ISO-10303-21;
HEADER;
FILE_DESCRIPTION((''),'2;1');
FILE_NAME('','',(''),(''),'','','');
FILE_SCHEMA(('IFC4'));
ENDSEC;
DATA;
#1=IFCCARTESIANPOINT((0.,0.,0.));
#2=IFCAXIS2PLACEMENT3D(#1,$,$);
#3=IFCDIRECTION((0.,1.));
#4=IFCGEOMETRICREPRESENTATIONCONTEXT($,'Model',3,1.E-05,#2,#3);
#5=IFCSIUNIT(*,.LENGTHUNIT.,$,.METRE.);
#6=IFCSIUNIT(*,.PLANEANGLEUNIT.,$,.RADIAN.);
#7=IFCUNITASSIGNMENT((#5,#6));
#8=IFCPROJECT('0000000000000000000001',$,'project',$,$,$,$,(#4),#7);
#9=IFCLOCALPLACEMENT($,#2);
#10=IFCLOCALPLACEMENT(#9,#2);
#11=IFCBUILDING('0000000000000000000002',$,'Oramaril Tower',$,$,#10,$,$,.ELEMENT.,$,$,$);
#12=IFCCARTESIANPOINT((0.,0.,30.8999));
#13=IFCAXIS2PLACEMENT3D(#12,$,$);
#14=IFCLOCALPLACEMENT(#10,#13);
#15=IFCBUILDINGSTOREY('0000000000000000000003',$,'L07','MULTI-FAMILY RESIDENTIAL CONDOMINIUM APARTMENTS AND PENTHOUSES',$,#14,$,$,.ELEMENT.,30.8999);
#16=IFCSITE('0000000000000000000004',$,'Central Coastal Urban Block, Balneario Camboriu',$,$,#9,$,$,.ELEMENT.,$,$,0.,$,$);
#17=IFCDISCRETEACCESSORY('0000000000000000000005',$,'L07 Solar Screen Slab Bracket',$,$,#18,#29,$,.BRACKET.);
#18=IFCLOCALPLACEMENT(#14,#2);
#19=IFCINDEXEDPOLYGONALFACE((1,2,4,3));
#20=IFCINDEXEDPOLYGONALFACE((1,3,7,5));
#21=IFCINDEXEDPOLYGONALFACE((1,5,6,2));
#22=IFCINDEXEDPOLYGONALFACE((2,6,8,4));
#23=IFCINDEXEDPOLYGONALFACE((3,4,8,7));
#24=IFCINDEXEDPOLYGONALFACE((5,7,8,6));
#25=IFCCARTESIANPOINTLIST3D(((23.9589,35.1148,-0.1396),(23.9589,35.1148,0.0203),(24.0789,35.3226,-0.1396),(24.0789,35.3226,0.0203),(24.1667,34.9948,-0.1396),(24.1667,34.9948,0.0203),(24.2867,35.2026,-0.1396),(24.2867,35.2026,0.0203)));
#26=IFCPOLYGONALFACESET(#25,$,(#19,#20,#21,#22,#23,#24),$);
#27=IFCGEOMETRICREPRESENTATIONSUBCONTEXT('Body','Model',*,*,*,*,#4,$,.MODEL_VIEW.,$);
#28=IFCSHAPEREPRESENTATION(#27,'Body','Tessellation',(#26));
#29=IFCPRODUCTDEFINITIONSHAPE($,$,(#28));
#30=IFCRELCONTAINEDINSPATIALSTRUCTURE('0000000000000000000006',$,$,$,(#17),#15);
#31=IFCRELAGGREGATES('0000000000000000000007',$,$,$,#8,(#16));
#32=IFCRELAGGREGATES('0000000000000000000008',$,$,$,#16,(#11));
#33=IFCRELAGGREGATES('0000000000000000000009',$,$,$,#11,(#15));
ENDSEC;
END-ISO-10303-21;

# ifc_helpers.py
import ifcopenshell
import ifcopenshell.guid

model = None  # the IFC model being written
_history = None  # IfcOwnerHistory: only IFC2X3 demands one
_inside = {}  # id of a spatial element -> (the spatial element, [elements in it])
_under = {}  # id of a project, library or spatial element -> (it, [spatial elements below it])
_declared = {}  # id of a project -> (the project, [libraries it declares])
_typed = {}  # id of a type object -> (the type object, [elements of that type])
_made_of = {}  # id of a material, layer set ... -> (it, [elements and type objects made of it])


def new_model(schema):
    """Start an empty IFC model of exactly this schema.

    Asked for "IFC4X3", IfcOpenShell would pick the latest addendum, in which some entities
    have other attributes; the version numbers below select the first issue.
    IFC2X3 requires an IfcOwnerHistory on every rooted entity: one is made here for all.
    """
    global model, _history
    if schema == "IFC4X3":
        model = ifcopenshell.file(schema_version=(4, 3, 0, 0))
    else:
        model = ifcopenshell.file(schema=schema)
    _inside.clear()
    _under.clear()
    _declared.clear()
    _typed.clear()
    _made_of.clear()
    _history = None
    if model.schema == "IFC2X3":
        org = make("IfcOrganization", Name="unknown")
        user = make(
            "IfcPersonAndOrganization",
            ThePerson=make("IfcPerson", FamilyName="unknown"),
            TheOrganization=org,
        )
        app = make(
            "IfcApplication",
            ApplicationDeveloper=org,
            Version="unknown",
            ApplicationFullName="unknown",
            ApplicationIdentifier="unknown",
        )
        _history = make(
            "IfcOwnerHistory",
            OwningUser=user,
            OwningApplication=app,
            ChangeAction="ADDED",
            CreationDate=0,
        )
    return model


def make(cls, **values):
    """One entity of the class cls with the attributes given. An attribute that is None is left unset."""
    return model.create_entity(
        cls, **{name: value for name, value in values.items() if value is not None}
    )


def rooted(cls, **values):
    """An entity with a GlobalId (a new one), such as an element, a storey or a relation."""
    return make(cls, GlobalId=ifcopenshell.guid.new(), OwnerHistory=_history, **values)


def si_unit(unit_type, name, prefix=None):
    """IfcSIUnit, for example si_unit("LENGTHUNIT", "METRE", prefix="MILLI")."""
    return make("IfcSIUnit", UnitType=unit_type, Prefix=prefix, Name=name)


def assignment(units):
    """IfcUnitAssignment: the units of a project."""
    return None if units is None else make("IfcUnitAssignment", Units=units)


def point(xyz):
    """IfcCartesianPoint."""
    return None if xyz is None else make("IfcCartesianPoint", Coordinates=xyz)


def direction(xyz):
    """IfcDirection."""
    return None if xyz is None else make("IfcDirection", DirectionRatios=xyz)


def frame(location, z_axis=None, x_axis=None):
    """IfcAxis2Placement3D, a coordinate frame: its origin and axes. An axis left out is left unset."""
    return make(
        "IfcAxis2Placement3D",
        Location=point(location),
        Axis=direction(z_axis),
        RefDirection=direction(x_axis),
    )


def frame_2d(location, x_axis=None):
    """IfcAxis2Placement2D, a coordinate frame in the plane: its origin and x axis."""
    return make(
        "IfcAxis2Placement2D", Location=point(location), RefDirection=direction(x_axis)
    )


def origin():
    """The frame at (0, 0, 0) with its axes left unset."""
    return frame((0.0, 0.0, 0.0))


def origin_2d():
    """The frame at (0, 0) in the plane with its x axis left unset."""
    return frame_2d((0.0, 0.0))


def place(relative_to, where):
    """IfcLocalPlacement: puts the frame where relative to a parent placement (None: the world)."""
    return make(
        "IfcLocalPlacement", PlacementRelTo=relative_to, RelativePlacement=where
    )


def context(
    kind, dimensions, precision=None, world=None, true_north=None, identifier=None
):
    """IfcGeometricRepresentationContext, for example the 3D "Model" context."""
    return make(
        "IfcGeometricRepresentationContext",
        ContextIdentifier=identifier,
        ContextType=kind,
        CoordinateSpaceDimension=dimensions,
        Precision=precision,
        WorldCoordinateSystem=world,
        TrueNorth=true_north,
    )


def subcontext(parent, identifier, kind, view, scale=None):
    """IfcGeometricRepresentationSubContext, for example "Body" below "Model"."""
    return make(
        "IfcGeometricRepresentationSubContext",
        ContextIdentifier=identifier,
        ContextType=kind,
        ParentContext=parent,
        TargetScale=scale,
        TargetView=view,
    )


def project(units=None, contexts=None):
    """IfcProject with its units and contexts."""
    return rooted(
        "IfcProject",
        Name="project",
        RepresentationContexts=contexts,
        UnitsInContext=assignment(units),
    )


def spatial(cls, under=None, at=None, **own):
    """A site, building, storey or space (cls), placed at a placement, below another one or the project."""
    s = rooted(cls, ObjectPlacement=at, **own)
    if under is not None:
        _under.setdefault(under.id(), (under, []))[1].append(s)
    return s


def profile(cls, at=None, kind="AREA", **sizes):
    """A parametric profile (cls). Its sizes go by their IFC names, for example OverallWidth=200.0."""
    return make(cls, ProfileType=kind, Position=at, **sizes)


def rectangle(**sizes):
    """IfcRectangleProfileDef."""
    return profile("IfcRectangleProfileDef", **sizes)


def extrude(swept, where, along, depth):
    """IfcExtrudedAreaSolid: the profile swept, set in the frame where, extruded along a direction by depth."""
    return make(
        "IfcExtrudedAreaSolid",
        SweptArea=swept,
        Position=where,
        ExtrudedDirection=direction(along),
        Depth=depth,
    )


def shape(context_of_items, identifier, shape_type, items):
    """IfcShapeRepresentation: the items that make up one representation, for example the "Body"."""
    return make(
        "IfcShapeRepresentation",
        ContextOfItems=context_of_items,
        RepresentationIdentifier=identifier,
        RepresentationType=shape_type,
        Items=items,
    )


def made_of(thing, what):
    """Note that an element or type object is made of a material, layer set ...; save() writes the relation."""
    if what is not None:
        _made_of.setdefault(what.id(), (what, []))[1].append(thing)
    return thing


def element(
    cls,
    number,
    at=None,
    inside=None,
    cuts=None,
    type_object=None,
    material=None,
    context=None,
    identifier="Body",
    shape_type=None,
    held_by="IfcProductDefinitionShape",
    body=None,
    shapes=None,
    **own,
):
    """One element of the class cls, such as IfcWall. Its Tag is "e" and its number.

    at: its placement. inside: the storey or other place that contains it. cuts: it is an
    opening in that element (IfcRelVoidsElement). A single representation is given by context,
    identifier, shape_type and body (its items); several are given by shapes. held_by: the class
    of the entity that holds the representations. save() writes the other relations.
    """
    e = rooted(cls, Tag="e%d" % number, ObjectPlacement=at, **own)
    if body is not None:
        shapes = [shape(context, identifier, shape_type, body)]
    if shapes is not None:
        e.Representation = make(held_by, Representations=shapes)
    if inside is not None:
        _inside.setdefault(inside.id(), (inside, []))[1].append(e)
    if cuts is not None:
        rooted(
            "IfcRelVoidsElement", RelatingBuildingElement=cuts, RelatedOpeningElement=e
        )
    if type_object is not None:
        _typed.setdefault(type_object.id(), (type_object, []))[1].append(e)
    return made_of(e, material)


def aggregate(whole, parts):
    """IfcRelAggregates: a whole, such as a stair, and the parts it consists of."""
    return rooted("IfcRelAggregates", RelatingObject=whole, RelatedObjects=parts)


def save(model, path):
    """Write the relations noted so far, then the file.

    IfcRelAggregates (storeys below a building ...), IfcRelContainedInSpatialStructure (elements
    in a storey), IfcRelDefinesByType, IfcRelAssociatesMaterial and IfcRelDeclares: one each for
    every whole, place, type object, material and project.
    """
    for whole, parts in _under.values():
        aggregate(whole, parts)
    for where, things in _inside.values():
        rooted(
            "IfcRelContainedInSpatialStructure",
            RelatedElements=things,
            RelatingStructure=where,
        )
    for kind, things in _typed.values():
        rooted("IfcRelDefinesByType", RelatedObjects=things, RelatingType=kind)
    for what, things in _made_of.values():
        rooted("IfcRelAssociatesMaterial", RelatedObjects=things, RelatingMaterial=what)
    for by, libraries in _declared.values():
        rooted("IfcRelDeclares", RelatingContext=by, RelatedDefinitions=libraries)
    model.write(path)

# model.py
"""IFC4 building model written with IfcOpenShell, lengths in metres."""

from ifc_helpers import new_model, si_unit, direction, frame, origin, origin_2d, place, context, subcontext, project, spatial, rectangle, extrude, element, save


model = new_model("IFC4")

# Units and contexts
model_context = context("Model", 3, precision=1e-05, world=origin(), true_north=direction((0.0, 1.0)))
body_context = subcontext(model_context, "Body", "Model", "MODEL_VIEW")
ifc_project = project(units=[si_unit("LENGTHUNIT", "METRE"), si_unit("PLANEANGLEUNIT", "RADIAN")], contexts=[model_context])

# Site, building, storey
site_placement = place(None, origin())
site = spatial("IfcSite", under=ifc_project, at=site_placement, Name="Central Coastal Urban Block, Balneario Camboriu", CompositionType="ELEMENT", RefElevation=0.0)
building_placement = place(site_placement, origin())
building = spatial("IfcBuilding", under=site, at=building_placement, Name="Oramaril Tower", CompositionType="ELEMENT")
storey_placement = place(building_placement, frame((0.0, 0.0, 30.8999)))
storey = spatial("IfcBuildingStorey", under=building, at=storey_placement, Name="L07", Description="MULTI-FAMILY RESIDENTIAL CONDOMINIUM APARTMENTS AND PENTHOUSES", CompositionType="ELEMENT", Elevation=30.8999)

# Discrete accessory
discrete_accessory_placement = place(storey_placement, frame((24.1228, 35.1587, -0.1396), z_axis=(0.0, 0.0, 1.0), x_axis=(-0.5, -0.866025, 0.0)))
element("IfcDiscreteAccessory", 1, at=discrete_accessory_placement, inside=storey, Name="L07 Solar Screen Slab Bracket", PredefinedType="BRACKET", context=body_context, shape_type="SweptSolid", body=[
    extrude(rectangle(XDim=0.24, YDim=0.24, at=origin_2d()), origin(), (0.0, 0.0, 1.0), 0.1599),
])

save(model, "model.ifc")
